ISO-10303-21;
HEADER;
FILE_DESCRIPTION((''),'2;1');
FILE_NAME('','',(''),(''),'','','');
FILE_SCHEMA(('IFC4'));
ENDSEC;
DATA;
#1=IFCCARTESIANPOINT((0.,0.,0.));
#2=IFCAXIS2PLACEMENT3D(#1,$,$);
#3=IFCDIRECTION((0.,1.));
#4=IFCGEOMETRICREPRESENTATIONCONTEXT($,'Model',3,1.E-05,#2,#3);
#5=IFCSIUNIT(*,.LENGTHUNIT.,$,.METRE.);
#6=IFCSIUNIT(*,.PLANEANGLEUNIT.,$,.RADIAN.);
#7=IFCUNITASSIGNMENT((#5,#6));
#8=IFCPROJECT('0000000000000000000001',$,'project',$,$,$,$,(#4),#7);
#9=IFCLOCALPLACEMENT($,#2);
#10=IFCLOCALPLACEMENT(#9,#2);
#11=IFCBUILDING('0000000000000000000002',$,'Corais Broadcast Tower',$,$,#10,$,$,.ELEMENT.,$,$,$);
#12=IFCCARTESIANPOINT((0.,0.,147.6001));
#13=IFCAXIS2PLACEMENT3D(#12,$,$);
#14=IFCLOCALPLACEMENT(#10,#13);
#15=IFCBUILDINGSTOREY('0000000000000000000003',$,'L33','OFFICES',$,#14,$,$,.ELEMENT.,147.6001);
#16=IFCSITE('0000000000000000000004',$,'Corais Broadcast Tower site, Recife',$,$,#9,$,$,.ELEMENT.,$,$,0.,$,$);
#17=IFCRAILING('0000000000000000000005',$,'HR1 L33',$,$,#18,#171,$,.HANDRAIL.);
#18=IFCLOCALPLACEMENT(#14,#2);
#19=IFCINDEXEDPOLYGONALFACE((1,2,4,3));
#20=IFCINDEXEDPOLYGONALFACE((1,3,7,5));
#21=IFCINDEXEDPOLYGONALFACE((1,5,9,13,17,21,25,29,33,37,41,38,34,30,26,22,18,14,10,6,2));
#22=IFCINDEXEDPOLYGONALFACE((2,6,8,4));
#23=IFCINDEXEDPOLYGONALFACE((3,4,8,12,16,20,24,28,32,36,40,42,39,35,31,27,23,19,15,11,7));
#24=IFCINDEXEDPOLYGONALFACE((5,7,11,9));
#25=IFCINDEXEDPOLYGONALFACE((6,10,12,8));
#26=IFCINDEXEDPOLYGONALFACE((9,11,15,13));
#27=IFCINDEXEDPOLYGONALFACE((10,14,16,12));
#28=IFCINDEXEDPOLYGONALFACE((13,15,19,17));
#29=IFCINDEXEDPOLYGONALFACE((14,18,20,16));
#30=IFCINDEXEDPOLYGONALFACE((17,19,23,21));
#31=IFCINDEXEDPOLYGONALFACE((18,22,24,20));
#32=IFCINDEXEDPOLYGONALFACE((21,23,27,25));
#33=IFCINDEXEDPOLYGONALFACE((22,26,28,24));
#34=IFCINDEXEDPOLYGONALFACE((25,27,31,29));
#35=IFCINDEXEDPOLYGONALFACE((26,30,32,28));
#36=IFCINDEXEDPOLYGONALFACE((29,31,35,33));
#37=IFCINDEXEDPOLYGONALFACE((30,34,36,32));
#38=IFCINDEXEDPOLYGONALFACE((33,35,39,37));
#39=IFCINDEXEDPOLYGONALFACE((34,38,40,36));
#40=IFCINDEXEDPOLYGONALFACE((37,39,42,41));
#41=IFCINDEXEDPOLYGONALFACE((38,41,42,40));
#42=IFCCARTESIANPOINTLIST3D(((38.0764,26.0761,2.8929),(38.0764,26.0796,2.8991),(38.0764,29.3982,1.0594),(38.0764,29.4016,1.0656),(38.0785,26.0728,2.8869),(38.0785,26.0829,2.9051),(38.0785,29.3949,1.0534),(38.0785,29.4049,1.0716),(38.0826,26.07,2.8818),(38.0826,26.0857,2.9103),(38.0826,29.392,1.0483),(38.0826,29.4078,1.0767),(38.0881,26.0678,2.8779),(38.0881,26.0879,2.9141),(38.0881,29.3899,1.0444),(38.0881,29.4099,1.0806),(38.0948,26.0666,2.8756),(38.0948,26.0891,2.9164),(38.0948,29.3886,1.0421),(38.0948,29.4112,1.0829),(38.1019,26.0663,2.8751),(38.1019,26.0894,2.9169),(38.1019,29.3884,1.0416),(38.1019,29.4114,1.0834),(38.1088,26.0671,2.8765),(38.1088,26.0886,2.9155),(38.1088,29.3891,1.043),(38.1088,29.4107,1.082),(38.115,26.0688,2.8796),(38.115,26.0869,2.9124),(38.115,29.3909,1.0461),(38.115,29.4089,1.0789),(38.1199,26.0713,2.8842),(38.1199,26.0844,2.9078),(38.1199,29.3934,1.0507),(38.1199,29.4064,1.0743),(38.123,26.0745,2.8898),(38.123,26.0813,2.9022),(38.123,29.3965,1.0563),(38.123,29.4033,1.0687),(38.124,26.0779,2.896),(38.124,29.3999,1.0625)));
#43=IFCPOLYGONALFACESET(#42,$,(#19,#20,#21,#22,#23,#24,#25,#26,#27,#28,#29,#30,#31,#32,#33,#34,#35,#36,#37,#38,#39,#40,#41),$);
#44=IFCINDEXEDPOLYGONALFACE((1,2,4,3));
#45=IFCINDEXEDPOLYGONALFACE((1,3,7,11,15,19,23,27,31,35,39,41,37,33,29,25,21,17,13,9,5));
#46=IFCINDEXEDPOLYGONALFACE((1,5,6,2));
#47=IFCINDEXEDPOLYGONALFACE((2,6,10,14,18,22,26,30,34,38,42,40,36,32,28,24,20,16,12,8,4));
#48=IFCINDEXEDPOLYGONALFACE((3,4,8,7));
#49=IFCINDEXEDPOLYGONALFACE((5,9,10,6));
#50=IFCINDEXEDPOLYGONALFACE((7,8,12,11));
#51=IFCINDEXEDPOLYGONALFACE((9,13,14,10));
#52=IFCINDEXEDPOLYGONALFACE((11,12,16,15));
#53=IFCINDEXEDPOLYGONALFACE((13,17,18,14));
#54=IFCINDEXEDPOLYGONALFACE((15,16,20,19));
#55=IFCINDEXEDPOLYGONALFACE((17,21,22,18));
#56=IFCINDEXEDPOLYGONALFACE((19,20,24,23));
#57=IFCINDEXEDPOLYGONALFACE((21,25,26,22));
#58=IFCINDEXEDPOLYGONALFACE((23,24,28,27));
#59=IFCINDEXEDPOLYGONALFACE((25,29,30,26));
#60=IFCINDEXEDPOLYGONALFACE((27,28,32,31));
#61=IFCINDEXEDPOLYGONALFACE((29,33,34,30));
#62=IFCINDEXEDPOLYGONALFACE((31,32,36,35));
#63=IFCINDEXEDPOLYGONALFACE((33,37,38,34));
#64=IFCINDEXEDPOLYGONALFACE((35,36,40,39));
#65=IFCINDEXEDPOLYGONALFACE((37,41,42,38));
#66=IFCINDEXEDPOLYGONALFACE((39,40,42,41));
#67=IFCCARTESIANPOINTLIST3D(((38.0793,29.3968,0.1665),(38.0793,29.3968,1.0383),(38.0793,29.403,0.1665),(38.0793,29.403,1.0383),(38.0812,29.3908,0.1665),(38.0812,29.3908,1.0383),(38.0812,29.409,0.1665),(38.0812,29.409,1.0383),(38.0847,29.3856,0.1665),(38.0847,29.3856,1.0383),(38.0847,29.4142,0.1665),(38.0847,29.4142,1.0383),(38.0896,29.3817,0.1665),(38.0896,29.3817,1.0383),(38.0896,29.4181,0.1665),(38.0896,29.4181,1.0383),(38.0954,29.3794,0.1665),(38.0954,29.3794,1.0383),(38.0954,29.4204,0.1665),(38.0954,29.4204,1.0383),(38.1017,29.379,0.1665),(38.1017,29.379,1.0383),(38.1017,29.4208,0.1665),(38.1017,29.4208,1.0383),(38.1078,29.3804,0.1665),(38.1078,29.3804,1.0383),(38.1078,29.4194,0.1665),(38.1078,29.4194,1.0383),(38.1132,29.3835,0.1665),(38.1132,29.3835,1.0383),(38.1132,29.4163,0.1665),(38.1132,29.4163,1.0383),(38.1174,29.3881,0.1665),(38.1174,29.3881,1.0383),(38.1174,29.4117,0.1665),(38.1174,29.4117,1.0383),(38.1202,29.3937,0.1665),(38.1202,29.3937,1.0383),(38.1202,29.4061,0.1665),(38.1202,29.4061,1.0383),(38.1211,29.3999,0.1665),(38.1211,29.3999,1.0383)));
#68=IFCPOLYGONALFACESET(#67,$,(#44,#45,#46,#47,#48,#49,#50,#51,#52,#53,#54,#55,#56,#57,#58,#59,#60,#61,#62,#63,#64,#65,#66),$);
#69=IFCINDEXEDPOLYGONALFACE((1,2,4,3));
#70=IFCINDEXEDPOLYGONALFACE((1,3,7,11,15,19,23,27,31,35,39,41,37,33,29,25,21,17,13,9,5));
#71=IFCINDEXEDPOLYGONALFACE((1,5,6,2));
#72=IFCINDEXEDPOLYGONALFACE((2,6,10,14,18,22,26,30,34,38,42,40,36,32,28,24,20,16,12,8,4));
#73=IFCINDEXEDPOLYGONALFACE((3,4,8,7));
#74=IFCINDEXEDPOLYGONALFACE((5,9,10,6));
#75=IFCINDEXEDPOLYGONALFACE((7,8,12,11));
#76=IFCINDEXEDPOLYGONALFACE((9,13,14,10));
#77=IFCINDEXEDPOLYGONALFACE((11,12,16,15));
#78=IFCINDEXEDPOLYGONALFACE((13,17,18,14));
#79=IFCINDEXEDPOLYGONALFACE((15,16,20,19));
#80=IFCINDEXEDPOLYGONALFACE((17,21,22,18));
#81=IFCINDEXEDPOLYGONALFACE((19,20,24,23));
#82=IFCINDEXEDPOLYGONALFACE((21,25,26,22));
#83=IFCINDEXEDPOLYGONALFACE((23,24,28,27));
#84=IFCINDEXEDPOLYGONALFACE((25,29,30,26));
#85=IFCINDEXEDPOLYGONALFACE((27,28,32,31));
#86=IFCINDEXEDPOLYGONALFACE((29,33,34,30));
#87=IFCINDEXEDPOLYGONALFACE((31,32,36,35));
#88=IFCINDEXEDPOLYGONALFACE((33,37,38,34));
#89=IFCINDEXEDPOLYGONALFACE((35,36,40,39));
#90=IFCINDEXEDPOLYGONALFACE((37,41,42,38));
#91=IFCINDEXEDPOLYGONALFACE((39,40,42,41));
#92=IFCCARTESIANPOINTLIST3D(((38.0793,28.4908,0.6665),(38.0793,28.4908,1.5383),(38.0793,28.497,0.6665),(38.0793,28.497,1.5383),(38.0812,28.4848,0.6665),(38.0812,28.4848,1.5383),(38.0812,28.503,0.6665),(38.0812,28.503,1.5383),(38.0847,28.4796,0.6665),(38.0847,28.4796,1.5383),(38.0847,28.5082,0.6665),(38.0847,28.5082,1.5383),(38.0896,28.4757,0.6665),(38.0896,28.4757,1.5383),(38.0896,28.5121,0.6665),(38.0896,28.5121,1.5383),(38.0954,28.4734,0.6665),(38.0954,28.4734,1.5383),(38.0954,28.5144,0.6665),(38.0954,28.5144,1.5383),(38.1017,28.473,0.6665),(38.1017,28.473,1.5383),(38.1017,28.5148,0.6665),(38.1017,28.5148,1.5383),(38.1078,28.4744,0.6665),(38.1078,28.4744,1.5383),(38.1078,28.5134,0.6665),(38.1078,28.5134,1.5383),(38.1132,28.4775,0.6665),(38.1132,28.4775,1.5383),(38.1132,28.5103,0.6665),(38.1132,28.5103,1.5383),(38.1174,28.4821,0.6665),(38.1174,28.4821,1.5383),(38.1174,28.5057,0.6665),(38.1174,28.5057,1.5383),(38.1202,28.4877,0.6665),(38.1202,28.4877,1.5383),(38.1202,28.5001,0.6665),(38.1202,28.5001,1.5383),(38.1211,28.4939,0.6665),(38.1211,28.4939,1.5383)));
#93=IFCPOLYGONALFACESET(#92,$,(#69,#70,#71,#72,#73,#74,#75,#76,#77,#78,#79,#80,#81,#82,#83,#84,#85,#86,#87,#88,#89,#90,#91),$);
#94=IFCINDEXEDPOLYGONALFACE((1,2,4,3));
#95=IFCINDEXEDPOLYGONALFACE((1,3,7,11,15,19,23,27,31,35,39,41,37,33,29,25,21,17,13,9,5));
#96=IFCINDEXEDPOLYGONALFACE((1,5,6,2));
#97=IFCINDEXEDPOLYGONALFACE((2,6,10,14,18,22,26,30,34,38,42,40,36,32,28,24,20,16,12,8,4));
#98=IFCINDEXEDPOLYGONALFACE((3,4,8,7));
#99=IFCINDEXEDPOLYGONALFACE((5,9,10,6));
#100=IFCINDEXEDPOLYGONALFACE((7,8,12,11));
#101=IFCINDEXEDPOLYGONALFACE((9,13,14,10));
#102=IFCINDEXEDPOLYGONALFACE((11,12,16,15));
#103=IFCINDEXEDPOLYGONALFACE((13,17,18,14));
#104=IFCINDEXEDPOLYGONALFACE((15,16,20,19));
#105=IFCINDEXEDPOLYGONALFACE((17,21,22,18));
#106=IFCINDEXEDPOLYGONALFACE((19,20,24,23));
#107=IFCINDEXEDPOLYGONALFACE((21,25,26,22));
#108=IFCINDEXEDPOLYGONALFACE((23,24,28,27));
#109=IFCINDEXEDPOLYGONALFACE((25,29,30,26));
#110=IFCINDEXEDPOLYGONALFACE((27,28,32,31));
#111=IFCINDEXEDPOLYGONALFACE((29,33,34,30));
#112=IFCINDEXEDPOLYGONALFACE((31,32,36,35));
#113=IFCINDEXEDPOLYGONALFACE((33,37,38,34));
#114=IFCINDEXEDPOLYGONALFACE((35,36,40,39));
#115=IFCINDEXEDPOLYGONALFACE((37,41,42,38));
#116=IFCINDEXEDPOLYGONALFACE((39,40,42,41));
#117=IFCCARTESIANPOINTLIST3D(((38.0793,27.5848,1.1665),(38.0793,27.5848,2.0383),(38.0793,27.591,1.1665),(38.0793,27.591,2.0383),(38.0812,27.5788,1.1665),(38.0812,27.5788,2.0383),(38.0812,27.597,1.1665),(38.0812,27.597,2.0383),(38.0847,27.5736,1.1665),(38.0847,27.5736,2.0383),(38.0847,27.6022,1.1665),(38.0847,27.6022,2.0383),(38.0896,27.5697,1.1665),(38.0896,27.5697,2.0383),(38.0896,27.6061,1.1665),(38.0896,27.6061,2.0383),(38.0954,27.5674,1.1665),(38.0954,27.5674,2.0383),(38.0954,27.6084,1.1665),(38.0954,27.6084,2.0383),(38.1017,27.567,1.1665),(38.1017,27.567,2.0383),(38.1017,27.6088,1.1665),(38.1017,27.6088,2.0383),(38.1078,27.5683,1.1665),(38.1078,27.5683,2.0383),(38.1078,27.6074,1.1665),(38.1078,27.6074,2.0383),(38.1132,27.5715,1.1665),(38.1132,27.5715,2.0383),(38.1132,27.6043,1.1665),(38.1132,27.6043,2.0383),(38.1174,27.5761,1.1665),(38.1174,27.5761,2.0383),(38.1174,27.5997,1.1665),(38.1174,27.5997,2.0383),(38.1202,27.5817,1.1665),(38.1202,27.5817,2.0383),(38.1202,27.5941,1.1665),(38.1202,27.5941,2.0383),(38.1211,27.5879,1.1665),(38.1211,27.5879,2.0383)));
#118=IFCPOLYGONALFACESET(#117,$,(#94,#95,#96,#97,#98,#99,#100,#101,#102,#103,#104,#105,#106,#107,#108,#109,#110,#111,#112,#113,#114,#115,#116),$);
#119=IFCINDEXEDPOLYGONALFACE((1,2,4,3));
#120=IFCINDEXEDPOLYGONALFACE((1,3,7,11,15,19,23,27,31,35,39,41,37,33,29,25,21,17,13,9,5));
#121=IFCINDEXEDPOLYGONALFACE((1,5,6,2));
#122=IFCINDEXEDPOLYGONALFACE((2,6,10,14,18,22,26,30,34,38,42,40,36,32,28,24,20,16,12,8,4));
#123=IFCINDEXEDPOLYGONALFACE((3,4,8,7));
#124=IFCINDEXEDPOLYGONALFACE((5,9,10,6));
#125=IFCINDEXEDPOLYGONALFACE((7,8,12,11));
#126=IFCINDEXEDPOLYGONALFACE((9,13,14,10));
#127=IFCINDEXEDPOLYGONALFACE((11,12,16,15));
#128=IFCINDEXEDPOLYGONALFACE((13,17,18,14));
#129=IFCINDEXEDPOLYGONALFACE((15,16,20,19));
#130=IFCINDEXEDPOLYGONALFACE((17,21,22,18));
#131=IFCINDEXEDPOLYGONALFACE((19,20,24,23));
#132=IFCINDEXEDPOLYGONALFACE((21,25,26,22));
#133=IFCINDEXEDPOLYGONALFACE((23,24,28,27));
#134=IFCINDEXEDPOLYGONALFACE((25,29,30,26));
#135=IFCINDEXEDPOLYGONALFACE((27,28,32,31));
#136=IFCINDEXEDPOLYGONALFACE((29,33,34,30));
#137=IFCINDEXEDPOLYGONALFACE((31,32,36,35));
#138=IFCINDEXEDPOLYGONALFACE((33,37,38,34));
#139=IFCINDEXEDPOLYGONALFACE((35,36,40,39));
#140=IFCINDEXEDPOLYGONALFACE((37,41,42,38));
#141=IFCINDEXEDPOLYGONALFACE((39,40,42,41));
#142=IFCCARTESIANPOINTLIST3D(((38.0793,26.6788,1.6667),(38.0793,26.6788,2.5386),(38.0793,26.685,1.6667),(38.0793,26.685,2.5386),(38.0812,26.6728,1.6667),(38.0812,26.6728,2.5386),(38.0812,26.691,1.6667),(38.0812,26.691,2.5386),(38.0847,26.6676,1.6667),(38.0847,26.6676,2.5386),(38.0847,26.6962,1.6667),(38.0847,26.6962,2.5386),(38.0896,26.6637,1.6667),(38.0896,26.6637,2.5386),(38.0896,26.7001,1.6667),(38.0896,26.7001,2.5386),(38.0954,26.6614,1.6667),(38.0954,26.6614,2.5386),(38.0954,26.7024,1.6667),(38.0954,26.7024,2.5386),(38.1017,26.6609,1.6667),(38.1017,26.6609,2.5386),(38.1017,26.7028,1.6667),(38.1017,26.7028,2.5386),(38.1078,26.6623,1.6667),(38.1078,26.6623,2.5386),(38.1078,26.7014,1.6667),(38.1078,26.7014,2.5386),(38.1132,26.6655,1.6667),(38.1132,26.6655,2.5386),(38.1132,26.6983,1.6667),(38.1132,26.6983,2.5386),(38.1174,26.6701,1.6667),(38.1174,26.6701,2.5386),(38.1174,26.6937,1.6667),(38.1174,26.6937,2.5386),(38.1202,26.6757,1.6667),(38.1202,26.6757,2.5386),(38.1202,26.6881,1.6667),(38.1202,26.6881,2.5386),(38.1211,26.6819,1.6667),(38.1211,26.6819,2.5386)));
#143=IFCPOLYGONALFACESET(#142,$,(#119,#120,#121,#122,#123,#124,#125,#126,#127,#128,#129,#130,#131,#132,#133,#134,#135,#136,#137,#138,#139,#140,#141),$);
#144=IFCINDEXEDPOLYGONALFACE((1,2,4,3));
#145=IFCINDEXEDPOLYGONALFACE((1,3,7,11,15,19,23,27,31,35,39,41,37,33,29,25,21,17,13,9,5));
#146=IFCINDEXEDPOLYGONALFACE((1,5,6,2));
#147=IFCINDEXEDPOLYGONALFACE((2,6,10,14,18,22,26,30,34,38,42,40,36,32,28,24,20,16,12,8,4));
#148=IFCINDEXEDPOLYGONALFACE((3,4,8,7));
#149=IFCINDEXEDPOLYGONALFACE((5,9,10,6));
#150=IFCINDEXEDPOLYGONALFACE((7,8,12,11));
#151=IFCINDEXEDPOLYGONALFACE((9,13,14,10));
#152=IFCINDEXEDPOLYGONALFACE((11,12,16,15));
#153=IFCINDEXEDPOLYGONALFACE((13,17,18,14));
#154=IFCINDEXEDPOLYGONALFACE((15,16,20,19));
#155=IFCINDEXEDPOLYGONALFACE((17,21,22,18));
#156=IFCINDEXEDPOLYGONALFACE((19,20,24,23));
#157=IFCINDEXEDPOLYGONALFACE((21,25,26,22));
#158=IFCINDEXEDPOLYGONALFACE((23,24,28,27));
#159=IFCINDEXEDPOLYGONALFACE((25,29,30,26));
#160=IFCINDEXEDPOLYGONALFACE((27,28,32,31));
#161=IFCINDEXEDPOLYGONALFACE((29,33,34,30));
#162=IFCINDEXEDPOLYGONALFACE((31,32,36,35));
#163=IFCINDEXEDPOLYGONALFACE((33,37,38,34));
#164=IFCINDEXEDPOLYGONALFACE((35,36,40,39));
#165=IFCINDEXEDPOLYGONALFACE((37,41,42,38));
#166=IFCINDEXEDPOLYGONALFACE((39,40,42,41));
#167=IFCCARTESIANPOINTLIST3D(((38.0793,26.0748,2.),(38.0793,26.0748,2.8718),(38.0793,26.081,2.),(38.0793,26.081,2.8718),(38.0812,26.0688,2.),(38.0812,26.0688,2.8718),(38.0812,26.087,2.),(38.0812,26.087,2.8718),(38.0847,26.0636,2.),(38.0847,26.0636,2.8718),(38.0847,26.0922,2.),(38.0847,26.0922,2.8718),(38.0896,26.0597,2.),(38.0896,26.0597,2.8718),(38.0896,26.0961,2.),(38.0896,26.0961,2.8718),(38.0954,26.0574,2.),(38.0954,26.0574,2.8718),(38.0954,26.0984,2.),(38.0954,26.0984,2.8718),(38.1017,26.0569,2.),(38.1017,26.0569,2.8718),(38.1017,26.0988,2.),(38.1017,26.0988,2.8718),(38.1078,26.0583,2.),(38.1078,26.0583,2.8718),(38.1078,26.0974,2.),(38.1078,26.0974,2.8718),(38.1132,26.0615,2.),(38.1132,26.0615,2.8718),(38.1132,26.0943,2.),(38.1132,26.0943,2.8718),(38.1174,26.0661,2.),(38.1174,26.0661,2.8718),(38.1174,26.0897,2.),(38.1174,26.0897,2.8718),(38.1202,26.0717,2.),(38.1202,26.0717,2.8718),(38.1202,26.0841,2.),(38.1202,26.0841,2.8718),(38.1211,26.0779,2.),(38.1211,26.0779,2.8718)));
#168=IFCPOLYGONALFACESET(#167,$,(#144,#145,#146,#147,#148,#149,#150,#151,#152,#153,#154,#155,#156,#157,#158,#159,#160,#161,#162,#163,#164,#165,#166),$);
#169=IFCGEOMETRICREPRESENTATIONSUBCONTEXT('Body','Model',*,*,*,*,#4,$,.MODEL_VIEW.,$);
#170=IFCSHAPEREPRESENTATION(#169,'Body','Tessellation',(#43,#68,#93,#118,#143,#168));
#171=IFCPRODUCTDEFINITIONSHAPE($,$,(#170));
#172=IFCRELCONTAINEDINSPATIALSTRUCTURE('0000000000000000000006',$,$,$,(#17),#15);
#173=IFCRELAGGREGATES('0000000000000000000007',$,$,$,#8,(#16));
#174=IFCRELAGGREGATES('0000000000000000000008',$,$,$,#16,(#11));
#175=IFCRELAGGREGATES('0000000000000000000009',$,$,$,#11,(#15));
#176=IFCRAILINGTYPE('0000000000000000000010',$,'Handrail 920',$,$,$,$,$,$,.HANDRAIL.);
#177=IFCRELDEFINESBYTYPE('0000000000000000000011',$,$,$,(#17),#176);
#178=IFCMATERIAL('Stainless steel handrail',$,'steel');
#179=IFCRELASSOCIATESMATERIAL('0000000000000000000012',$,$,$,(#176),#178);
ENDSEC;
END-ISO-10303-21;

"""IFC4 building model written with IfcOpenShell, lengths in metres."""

from ifc_helpers import new_model, si_unit, direction, frame, origin, origin_2d, place, context, subcontext, project, spatial, circle, extrude, material, type_object, element, save


model = new_model("IFC4")

# Units and contexts
model_context = context("Model", 3, precision=1e-05, world=origin(), true_north=direction((0.0, 1.0)))
body_context = subcontext(model_context, "Body", "Model", "MODEL_VIEW")
ifc_project = project(units=[si_unit("LENGTHUNIT", "METRE"), si_unit("PLANEANGLEUNIT", "RADIAN")], contexts=[model_context])

# Site, building, storey
site_placement = place(None, origin())
site = spatial("IfcSite", under=ifc_project, at=site_placement, Name="Corais Broadcast Tower site, Recife", CompositionType="ELEMENT", RefElevation=0.0)
building_placement = place(site_placement, origin())
building = spatial("IfcBuilding", under=site, at=building_placement, Name="Corais Broadcast Tower", CompositionType="ELEMENT")
storey_placement = place(building_placement, frame((0.0, 0.0, 147.6001)))
storey = spatial("IfcBuildingStorey", under=building, at=storey_placement, Name="L33", Description="OFFICES", CompositionType="ELEMENT", Elevation=147.6001)

# Railing
ifc_material_1 = material(Name="Stainless steel handrail", Category="steel")
railing_type = type_object("IfcRailingType", Name="Handrail 920", PredefinedType="HANDRAIL", material=ifc_material_1)
for number, where, name in (
    (1, (38.1001, 29.3999, 0.1665), "HR1 L33"),
):
    element("IfcRailing", number, at=place(storey_placement, frame(where)), inside=storey, type_object=railing_type, Name=name, PredefinedType="HANDRAIL", context=body_context, shape_type="SweptSolid", body=[
        extrude(circle(Radius=0.0239, at=origin_2d()), frame((0.0, 0.0, 0.896), z_axis=(0.0, -0.875504, 0.48321), x_axis=(1.0, 0.0, 0.0)), (0.0, 0.0, 1.0), 3.7944),
        extrude(circle(Radius=0.021, at=origin_2d()), origin(), (0.0, 0.0, 1.0), 0.8718),
        extrude(circle(Radius=0.021, at=origin_2d()), frame((0.0, -0.906, 0.5)), (0.0, 0.0, 1.0), 0.8718),
        extrude(circle(Radius=0.021, at=origin_2d()), frame((0.0, -1.812, 1.0)), (0.0, 0.0, 1.0), 0.8718),
        extrude(circle(Radius=0.021, at=origin_2d()), frame((0.0, -2.718, 1.5002)), (0.0, 0.0, 1.0), 0.8718),
        extrude(circle(Radius=0.021, at=origin_2d()), frame((0.0, -3.322, 1.8335)), (0.0, 0.0, 1.0), 0.8718),
    ])

save(model, "model.ifc")
